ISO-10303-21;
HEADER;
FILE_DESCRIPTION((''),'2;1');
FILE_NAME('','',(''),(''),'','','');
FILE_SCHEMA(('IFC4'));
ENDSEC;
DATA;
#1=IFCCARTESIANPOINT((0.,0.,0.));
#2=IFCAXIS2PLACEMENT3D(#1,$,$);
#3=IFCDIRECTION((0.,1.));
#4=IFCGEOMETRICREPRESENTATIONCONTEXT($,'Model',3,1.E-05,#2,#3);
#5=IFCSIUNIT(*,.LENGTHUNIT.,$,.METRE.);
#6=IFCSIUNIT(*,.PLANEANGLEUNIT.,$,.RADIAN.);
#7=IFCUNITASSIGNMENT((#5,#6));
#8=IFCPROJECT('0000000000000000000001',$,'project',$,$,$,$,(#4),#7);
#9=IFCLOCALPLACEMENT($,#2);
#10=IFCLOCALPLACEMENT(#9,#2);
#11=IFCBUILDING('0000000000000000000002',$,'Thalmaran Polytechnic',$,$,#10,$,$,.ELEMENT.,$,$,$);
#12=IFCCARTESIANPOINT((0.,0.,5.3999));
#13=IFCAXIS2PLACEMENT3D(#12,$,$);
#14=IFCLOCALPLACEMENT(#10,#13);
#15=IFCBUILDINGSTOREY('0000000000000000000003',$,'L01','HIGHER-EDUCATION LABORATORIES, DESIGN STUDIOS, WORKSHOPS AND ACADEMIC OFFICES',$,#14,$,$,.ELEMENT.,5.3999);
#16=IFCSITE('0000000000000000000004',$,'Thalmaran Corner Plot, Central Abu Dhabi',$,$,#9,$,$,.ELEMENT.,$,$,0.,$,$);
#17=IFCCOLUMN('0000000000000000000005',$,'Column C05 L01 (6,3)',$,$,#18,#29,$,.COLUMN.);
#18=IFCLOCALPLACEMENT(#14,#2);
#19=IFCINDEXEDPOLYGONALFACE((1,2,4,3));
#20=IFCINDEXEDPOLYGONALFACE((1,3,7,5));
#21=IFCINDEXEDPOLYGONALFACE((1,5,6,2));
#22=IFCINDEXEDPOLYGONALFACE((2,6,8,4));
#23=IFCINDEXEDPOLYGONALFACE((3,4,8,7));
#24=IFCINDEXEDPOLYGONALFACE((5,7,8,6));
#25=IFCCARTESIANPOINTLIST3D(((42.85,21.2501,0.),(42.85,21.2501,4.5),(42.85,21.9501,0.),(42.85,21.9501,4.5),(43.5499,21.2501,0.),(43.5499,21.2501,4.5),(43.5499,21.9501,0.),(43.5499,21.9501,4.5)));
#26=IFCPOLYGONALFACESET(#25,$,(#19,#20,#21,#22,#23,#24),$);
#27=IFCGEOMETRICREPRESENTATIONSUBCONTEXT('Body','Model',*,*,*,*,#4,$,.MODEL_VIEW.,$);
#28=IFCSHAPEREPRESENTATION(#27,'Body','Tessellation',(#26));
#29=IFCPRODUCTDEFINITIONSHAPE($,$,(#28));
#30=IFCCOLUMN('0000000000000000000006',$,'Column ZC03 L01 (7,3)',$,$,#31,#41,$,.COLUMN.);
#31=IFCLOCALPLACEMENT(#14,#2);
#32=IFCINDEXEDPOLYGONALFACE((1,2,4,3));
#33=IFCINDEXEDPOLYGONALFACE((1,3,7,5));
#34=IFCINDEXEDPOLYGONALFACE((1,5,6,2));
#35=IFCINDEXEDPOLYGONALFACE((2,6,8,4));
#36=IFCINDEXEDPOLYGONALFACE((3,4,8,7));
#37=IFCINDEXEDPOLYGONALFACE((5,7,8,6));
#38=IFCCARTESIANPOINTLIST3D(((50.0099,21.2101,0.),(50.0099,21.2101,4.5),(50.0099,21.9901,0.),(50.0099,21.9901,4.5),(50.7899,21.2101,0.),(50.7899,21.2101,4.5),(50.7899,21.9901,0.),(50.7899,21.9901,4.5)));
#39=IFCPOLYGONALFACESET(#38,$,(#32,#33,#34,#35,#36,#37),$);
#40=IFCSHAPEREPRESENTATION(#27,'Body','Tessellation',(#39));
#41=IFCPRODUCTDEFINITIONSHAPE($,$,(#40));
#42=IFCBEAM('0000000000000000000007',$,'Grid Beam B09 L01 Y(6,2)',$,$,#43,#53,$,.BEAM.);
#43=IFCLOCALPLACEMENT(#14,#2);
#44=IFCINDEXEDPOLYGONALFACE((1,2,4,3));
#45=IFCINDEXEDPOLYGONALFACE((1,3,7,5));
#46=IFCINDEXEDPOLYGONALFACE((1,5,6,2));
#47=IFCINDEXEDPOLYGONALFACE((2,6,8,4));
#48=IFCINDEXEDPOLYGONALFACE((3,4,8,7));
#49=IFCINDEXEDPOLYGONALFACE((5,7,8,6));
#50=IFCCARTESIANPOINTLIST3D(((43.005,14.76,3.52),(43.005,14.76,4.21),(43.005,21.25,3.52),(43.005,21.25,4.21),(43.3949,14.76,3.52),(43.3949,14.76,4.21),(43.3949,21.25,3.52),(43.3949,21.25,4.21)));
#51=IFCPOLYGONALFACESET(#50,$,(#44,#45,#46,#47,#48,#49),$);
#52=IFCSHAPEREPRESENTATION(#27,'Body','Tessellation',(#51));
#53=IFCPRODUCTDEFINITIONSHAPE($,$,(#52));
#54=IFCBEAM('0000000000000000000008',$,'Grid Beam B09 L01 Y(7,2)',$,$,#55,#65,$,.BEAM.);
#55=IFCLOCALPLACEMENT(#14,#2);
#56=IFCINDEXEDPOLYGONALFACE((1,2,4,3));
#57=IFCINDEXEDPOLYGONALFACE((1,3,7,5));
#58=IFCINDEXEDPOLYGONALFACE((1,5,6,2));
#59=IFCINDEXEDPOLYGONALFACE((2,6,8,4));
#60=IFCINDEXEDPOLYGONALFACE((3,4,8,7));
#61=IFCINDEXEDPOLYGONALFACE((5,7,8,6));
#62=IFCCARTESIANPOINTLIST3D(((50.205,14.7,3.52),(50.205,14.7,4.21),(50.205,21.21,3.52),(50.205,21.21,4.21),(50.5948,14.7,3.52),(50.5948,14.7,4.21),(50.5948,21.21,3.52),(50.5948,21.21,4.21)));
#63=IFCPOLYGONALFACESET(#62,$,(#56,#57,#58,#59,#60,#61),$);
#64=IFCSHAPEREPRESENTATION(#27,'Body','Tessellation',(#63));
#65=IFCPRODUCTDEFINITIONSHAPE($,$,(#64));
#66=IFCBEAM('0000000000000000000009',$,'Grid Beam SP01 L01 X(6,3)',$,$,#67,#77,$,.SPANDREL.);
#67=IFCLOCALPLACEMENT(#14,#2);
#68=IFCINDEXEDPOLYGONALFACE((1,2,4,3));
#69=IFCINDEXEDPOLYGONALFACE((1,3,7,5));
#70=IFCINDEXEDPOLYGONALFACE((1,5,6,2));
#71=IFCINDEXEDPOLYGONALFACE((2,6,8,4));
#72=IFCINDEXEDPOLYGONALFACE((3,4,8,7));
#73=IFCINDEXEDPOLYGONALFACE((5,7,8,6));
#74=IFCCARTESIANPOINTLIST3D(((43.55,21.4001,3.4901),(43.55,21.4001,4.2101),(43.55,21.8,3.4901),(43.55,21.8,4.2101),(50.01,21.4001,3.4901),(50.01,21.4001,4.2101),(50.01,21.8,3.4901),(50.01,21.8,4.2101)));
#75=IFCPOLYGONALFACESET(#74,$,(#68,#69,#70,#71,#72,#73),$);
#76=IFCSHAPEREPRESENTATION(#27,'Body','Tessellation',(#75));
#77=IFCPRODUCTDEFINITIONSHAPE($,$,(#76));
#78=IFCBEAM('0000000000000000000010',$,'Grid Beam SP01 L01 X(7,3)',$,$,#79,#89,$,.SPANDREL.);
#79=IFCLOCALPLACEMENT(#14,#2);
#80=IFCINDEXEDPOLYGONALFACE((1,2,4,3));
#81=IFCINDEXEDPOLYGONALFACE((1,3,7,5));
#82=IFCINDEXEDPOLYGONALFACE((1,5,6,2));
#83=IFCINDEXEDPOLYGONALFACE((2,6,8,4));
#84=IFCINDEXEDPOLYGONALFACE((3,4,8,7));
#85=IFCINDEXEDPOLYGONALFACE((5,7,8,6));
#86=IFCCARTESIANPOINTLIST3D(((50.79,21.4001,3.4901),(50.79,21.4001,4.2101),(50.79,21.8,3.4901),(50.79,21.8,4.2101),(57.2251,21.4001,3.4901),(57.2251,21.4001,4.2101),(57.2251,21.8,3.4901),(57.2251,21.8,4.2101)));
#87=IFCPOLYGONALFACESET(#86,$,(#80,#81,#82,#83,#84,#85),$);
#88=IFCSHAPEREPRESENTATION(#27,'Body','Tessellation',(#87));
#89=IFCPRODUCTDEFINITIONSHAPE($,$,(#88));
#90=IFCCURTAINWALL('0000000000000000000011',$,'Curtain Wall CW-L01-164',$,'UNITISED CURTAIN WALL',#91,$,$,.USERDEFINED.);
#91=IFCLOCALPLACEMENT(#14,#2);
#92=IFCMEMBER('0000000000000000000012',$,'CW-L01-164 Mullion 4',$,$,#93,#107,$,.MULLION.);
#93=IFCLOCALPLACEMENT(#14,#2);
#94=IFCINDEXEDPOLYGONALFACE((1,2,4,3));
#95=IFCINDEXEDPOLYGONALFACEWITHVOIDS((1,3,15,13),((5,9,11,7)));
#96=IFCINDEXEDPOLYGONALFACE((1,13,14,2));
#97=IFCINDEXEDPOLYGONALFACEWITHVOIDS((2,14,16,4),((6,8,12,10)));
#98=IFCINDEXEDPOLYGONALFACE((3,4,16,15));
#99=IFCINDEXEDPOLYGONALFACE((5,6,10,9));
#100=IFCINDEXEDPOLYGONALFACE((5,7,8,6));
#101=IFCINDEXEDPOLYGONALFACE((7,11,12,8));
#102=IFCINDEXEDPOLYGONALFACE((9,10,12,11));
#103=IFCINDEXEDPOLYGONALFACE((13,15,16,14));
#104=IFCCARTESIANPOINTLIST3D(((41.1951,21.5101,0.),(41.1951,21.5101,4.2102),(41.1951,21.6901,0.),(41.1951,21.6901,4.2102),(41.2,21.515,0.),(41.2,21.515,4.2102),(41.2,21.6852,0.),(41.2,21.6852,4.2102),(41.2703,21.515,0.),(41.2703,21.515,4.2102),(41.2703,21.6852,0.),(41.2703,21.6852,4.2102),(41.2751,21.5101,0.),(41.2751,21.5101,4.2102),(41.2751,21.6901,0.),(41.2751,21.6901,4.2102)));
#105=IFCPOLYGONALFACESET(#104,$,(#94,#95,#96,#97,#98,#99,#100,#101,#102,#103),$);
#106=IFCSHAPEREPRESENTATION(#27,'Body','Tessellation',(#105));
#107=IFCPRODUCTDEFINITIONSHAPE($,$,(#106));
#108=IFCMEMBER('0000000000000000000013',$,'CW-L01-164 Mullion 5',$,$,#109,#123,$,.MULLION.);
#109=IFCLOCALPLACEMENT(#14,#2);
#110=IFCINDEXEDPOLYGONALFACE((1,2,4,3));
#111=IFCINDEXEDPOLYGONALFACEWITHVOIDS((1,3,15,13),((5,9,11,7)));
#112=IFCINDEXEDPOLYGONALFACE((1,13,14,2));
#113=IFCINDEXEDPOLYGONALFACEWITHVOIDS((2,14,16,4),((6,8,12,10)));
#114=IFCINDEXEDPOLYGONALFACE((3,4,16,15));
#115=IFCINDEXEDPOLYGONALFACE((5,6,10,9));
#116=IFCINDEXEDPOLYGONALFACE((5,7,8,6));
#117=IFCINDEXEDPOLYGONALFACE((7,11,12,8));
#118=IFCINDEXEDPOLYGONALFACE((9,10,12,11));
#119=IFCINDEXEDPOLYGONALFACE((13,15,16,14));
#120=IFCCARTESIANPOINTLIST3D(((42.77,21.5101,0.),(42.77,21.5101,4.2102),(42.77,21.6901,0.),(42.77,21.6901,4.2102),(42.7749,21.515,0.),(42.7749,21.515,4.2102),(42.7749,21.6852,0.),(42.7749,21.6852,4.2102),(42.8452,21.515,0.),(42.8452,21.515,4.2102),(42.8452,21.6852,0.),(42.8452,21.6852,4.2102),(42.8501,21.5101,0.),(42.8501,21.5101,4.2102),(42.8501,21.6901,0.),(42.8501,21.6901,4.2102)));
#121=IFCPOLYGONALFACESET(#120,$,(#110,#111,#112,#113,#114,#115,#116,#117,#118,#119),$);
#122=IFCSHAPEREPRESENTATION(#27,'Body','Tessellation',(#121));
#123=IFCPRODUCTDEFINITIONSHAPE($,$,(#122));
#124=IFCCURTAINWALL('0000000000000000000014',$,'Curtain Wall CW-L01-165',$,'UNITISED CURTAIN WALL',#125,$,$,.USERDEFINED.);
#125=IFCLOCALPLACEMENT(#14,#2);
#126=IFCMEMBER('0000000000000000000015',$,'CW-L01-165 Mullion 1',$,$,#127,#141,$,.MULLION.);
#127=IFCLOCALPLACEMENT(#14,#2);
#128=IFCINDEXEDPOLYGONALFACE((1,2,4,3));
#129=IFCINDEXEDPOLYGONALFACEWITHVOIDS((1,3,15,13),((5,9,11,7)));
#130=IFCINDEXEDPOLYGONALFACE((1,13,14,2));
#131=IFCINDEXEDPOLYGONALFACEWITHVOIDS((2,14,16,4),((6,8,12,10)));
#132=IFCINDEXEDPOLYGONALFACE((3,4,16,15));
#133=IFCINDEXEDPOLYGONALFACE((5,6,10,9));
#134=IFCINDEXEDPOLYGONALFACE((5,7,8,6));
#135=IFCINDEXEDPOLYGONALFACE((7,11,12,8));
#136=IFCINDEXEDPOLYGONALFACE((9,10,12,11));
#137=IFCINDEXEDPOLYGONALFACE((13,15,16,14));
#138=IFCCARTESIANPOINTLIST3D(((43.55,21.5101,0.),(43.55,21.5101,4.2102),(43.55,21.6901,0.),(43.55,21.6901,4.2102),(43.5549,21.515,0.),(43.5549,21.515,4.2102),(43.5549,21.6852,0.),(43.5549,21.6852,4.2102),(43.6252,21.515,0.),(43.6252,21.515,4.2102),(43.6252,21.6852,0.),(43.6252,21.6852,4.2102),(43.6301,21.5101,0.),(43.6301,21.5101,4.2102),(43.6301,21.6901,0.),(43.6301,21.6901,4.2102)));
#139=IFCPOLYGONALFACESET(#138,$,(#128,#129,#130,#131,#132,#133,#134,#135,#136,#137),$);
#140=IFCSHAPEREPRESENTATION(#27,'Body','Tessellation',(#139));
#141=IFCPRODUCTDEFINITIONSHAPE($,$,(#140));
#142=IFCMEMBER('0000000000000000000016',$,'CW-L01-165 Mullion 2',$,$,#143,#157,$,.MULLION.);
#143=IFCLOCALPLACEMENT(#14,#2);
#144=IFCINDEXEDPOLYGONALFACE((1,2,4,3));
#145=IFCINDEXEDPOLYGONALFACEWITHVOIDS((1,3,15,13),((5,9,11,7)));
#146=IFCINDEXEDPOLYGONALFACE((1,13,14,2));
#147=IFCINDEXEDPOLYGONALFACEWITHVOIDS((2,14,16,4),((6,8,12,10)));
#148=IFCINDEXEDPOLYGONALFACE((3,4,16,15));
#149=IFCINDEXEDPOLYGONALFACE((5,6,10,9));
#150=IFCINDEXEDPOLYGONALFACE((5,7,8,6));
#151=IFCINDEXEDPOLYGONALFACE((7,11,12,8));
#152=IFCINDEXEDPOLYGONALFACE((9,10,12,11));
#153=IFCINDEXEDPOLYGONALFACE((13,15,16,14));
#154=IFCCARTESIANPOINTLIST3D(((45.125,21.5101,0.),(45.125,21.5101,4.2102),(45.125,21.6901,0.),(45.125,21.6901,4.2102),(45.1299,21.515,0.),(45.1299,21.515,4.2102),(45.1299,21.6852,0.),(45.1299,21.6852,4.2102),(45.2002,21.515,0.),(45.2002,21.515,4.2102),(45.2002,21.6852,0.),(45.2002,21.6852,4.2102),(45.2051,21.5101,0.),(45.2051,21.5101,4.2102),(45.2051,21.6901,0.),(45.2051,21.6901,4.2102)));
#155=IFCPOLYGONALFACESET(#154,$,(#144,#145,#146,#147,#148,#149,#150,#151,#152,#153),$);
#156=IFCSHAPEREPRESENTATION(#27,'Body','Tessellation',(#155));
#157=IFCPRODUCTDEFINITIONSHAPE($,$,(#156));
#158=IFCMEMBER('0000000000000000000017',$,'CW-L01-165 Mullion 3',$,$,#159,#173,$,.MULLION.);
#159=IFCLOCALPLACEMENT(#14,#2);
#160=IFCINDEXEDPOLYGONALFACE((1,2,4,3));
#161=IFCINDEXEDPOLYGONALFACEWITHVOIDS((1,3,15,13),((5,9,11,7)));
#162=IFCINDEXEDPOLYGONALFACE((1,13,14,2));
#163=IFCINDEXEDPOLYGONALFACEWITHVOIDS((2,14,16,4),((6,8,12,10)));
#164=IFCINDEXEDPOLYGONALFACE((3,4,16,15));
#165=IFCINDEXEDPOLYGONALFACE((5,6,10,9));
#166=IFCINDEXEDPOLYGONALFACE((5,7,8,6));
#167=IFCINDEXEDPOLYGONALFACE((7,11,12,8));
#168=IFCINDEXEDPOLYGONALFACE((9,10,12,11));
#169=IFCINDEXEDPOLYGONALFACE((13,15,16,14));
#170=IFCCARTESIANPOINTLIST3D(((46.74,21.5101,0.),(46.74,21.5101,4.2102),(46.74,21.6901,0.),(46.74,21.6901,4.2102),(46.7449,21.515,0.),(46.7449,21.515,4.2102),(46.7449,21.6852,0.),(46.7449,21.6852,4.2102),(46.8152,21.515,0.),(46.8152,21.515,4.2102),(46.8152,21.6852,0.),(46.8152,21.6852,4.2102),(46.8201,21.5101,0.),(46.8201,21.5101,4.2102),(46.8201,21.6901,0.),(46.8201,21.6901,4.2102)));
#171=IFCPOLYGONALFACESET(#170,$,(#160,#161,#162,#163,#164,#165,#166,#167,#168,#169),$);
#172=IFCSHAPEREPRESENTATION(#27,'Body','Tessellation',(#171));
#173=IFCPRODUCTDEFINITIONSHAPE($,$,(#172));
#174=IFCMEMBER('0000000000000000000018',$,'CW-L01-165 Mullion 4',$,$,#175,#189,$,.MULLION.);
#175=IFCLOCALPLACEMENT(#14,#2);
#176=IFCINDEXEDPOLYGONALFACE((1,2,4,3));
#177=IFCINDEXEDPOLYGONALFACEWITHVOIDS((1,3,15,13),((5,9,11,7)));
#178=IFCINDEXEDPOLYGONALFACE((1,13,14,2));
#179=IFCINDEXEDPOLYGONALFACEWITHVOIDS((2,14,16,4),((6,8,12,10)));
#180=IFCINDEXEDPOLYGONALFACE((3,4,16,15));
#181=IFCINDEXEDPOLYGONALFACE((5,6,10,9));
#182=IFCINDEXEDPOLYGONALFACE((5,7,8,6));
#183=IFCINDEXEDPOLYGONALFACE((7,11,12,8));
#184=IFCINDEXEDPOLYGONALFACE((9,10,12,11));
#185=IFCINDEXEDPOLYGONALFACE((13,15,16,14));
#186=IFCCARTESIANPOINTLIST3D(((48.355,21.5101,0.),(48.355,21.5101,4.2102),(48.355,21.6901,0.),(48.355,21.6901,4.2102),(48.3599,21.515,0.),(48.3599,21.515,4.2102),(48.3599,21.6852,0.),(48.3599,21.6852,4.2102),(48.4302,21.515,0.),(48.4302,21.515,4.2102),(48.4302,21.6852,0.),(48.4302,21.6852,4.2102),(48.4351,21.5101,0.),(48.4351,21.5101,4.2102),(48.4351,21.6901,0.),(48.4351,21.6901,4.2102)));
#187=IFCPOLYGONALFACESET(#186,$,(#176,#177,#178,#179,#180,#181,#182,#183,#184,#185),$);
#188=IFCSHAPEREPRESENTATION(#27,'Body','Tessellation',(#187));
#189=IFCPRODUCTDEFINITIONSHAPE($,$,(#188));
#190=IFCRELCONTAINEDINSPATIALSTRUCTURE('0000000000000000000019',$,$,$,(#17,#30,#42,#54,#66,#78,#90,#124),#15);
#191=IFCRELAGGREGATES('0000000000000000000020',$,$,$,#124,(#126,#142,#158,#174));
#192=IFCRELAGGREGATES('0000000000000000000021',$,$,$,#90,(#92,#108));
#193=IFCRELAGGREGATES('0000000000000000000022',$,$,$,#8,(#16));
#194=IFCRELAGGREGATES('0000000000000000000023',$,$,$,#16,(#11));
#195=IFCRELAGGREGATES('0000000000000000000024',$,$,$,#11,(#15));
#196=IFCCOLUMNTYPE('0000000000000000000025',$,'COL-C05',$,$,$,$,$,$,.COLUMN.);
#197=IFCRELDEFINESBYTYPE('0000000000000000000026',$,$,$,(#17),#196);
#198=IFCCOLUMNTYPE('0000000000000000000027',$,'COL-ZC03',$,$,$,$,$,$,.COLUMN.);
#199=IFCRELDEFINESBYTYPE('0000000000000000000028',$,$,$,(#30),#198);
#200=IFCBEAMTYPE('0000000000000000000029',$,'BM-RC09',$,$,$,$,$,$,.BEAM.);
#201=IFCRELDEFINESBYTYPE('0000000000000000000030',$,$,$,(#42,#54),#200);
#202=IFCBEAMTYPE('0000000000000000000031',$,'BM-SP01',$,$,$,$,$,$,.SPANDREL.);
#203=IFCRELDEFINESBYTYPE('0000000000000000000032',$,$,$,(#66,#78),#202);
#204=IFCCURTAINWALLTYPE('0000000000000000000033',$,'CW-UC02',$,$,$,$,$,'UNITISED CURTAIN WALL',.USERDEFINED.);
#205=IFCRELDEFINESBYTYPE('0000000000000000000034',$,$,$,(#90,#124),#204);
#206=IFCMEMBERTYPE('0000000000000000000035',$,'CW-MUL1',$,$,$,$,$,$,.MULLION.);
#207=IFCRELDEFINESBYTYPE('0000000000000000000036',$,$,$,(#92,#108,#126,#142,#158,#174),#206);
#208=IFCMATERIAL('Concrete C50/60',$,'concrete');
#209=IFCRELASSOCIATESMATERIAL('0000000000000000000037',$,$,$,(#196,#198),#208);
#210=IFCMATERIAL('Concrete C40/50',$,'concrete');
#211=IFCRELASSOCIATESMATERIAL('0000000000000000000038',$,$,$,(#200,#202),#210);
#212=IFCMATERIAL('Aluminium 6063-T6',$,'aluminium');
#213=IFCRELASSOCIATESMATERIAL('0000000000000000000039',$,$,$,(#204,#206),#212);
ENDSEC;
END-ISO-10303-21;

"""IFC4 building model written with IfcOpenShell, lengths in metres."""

from ifc_helpers import new_model, si_unit, direction, frame, origin, origin_2d, place, context, subcontext, project, spatial, rectangle, hollow_rectangle, extrude, material, material_profile, profile_set, type_object, element, aggregate, save


model = new_model("IFC4")

# Units and contexts
model_context = context("Model", 3, precision=1e-05, world=origin(), true_north=direction((0.0, 1.0)))
body_context = subcontext(model_context, "Body", "Model", "MODEL_VIEW")
ifc_project = project(units=[si_unit("LENGTHUNIT", "METRE"), si_unit("PLANEANGLEUNIT", "RADIAN")], contexts=[model_context])

# Site, building, storey
site_placement = place(None, origin())
site = spatial("IfcSite", under=ifc_project, at=site_placement, Name="Thalmaran Corner Plot, Central Abu Dhabi", CompositionType="ELEMENT", RefElevation=0.0)
building_placement = place(site_placement, origin())
building = spatial("IfcBuilding", under=site, at=building_placement, Name="Thalmaran Polytechnic", CompositionType="ELEMENT")
storey_placement = place(building_placement, frame((0.0, 0.0, 5.3999)))
storey = spatial("IfcBuildingStorey", under=building, at=storey_placement, Name="L01", Description="HIGHER-EDUCATION LABORATORIES, DESIGN STUDIOS, WORKSHOPS AND ACADEMIC OFFICES", CompositionType="ELEMENT", Elevation=5.3999)

# Columns
ifc_material_1 = material(Name="Concrete C50/60", Category="concrete")
ifc_material_profile_1 = material_profile(ifc_material_1, rectangle(XDim=0.7, YDim=0.7, at=origin_2d()), Name="RC 700x700")
ifc_profile_set_1 = profile_set([ifc_material_profile_1], Name="Concrete C50/60")
column_type_1 = type_object("IfcColumnType", Name="COL-C05", PredefinedType="COLUMN", material=ifc_profile_set_1)
column_1_placement = place(storey_placement, frame((43.2, 21.6001, 0.0), z_axis=(0.0, 0.0, 1.0), x_axis=(1.0, 0.0, 0.0)))
element("IfcColumn", 1, at=column_1_placement, inside=storey, type_object=column_type_1, Name="Column C05 L01 (6,3)", PredefinedType="COLUMN", context=body_context, shape_type="SweptSolid", body=[
    extrude(rectangle(XDim=0.7, YDim=0.7, at=origin_2d()), origin(), (0.0, 0.0, 1.0), 4.5),
])
ifc_material_profile_2 = material_profile(ifc_material_1, rectangle(XDim=0.78, YDim=0.78, at=origin_2d()), Name="RC 780x780")
ifc_profile_set_2 = profile_set([ifc_material_profile_2], Name="Concrete C50/60")
column_type_2 = type_object("IfcColumnType", Name="COL-ZC03", PredefinedType="COLUMN", material=ifc_profile_set_2)
column_2_placement = place(storey_placement, frame((50.3999, 21.6001, 0.0), z_axis=(0.0, 0.0, 1.0), x_axis=(1.0, 0.0, 0.0)))
element("IfcColumn", 2, at=column_2_placement, inside=storey, type_object=column_type_2, Name="Column ZC03 L01 (7,3)", PredefinedType="COLUMN", context=body_context, shape_type="SweptSolid", body=[
    extrude(rectangle(XDim=0.78, YDim=0.78, at=origin_2d()), origin(), (0.0, 0.0, 1.0), 4.5),
])

# Beams
ifc_material_2 = material(Name="Concrete C40/50", Category="concrete")
ifc_material_profile_3 = material_profile(ifc_material_2, rectangle(XDim=0.3899, YDim=0.6899, at=origin_2d()), Name="RC 390x690")
ifc_profile_set_3 = profile_set([ifc_material_profile_3], Name="Concrete C40/50")
beam_type_1 = type_object("IfcBeamType", Name="BM-RC09", PredefinedType="BEAM", material=ifc_profile_set_3)
beam_1_placement = place(storey_placement, frame((43.2, 14.76, 3.865), z_axis=(0.0, 1.0, 0.0), x_axis=(-1.0, 0.0, 0.0)))
element("IfcBeam", 3, at=beam_1_placement, inside=storey, type_object=beam_type_1, Name="Grid Beam B09 L01 Y(6,2)", PredefinedType="BEAM", context=body_context, shape_type="SweptSolid", body=[
    extrude(rectangle(XDim=0.3899, YDim=0.6899, at=origin_2d()), origin(), (0.0, 0.0, 1.0), 6.49),
])
beam_2_placement = place(storey_placement, frame((50.3999, 14.7, 3.865), z_axis=(0.0, 1.0, 0.0), x_axis=(-1.0, 0.0, 0.0)))
element("IfcBeam", 4, at=beam_2_placement, inside=storey, type_object=beam_type_1, Name="Grid Beam B09 L01 Y(7,2)", PredefinedType="BEAM", context=body_context, shape_type="SweptSolid", body=[
    extrude(rectangle(XDim=0.3899, YDim=0.6899, at=origin_2d()), origin(), (0.0, 0.0, 1.0), 6.51),
])
ifc_material_profile_4 = material_profile(ifc_material_2, rectangle(XDim=0.3999, YDim=0.72, at=origin_2d()), Name="RC 400x720")
ifc_profile_set_4 = profile_set([ifc_material_profile_4], Name="Concrete C40/50")
beam_type_2 = type_object("IfcBeamType", Name="BM-SP01", PredefinedType="SPANDREL", material=ifc_profile_set_4)
beam_3_placement = place(storey_placement, frame((43.55, 21.6001, 3.8501), z_axis=(1.0, 0.0, 0.0), x_axis=(0.0, 1.0, 0.0)))
element("IfcBeam", 5, at=beam_3_placement, inside=storey, type_object=beam_type_2, Name="Grid Beam SP01 L01 X(6,3)", PredefinedType="SPANDREL", context=body_context, shape_type="SweptSolid", body=[
    extrude(rectangle(XDim=0.3999, YDim=0.72, at=origin_2d()), origin(), (0.0, 0.0, 1.0), 6.46),
])
beam_4_placement = place(storey_placement, frame((50.79, 21.6001, 3.8501), z_axis=(1.0, 0.0, 0.0), x_axis=(0.0, 1.0, 0.0)))
element("IfcBeam", 6, at=beam_4_placement, inside=storey, type_object=beam_type_2, Name="Grid Beam SP01 L01 X(7,3)", PredefinedType="SPANDREL", context=body_context, shape_type="SweptSolid", body=[
    extrude(rectangle(XDim=0.3999, YDim=0.72, at=origin_2d()), origin(), (0.0, 0.0, 1.0), 6.4351),
])

# Curtain walls, members
ifc_material_3 = material(Name="Aluminium 6063-T6", Category="aluminium")
curtain_wall_type = type_object("IfcCurtainWallType", Name="CW-UC02", ElementType="UNITISED CURTAIN WALL", PredefinedType="USERDEFINED", material=ifc_material_3)
curtain_wall_1_placement = place(storey_placement, origin())
curtain_wall_1 = element("IfcCurtainWall", 7, at=curtain_wall_1_placement, inside=storey, type_object=curtain_wall_type, Name="Curtain Wall CW-L01-164", ObjectType="UNITISED CURTAIN WALL", PredefinedType="USERDEFINED")
ifc_material_profile_5 = material_profile(ifc_material_3, hollow_rectangle(XDim=0.0801, YDim=0.1799, WallThickness=0.0049, at=origin_2d()), Name="RHS 180x80x5.0")
ifc_profile_set_5 = profile_set([ifc_material_profile_5], Name="Aluminium 6063-T6")
member_type_1 = type_object("IfcMemberType", Name="CW-MUL1", PredefinedType="MULLION", material=ifc_profile_set_5)
member_1_placement = place(storey_placement, frame((41.2351, 21.6001, 0.0), z_axis=(0.0, 0.0, 1.0), x_axis=(1.0, 0.0, 0.0)))
member_1 = element("IfcMember", 8, at=member_1_placement, type_object=member_type_1, Name="CW-L01-164 Mullion 4", PredefinedType="MULLION", context=body_context, shape_type="SweptSolid", body=[
    extrude(hollow_rectangle(XDim=0.0801, YDim=0.1799, WallThickness=0.0049, at=origin_2d()), origin(), (0.0, 0.0, 1.0), 4.2102),
])
member_2_placement = place(storey_placement, frame((42.8101, 21.6001, 0.0), z_axis=(0.0, 0.0, 1.0), x_axis=(1.0, 0.0, 0.0)))
member_2 = element("IfcMember", 9, at=member_2_placement, type_object=member_type_1, Name="CW-L01-164 Mullion 5", PredefinedType="MULLION", context=body_context, shape_type="SweptSolid", body=[
    extrude(hollow_rectangle(XDim=0.0801, YDim=0.1799, WallThickness=0.0049, at=origin_2d()), origin(), (0.0, 0.0, 1.0), 4.2102),
])
curtain_wall_2_placement = place(storey_placement, origin())
curtain_wall_2 = element("IfcCurtainWall", 10, at=curtain_wall_2_placement, inside=storey, type_object=curtain_wall_type, Name="Curtain Wall CW-L01-165", ObjectType="UNITISED CURTAIN WALL", PredefinedType="USERDEFINED")
member_3_placement = place(storey_placement, frame((43.5901, 21.6001, 0.0), z_axis=(0.0, 0.0, 1.0), x_axis=(1.0, 0.0, 0.0)))
member_3 = element("IfcMember", 11, at=member_3_placement, type_object=member_type_1, Name="CW-L01-165 Mullion 1", PredefinedType="MULLION", context=body_context, shape_type="SweptSolid", body=[
    extrude(hollow_rectangle(XDim=0.0801, YDim=0.1799, WallThickness=0.0049, at=origin_2d()), origin(), (0.0, 0.0, 1.0), 4.2102),
])
member_4_placement = place(storey_placement, frame((45.165, 21.6001, 0.0), z_axis=(0.0, 0.0, 1.0), x_axis=(1.0, 0.0, 0.0)))
member_4 = element("IfcMember", 12, at=member_4_placement, type_object=member_type_1, Name="CW-L01-165 Mullion 2", PredefinedType="MULLION", context=body_context, shape_type="SweptSolid", body=[
    extrude(hollow_rectangle(XDim=0.0801, YDim=0.1799, WallThickness=0.0049, at=origin_2d()), origin(), (0.0, 0.0, 1.0), 4.2102),
])
member_5_placement = place(storey_placement, frame((46.78, 21.6001, 0.0), z_axis=(0.0, 0.0, 1.0), x_axis=(1.0, 0.0, 0.0)))
member_5 = element("IfcMember", 13, at=member_5_placement, type_object=member_type_1, Name="CW-L01-165 Mullion 3", PredefinedType="MULLION", context=body_context, shape_type="SweptSolid", body=[
    extrude(hollow_rectangle(XDim=0.0801, YDim=0.1799, WallThickness=0.0049, at=origin_2d()), origin(), (0.0, 0.0, 1.0), 4.2102),
])
member_6_placement = place(storey_placement, frame((48.395, 21.6001, 0.0), z_axis=(0.0, 0.0, 1.0), x_axis=(1.0, 0.0, 0.0)))
member_6 = element("IfcMember", 14, at=member_6_placement, type_object=member_type_1, Name="CW-L01-165 Mullion 4", PredefinedType="MULLION", context=body_context, shape_type="SweptSolid", body=[
    extrude(hollow_rectangle(XDim=0.0801, YDim=0.1799, WallThickness=0.0049, at=origin_2d()), origin(), (0.0, 0.0, 1.0), 4.2102),
])

aggregate(curtain_wall_2, [member_3, member_4, member_5, member_6])
aggregate(curtain_wall_1, [member_1, member_2])

save(model, "model.ifc")
